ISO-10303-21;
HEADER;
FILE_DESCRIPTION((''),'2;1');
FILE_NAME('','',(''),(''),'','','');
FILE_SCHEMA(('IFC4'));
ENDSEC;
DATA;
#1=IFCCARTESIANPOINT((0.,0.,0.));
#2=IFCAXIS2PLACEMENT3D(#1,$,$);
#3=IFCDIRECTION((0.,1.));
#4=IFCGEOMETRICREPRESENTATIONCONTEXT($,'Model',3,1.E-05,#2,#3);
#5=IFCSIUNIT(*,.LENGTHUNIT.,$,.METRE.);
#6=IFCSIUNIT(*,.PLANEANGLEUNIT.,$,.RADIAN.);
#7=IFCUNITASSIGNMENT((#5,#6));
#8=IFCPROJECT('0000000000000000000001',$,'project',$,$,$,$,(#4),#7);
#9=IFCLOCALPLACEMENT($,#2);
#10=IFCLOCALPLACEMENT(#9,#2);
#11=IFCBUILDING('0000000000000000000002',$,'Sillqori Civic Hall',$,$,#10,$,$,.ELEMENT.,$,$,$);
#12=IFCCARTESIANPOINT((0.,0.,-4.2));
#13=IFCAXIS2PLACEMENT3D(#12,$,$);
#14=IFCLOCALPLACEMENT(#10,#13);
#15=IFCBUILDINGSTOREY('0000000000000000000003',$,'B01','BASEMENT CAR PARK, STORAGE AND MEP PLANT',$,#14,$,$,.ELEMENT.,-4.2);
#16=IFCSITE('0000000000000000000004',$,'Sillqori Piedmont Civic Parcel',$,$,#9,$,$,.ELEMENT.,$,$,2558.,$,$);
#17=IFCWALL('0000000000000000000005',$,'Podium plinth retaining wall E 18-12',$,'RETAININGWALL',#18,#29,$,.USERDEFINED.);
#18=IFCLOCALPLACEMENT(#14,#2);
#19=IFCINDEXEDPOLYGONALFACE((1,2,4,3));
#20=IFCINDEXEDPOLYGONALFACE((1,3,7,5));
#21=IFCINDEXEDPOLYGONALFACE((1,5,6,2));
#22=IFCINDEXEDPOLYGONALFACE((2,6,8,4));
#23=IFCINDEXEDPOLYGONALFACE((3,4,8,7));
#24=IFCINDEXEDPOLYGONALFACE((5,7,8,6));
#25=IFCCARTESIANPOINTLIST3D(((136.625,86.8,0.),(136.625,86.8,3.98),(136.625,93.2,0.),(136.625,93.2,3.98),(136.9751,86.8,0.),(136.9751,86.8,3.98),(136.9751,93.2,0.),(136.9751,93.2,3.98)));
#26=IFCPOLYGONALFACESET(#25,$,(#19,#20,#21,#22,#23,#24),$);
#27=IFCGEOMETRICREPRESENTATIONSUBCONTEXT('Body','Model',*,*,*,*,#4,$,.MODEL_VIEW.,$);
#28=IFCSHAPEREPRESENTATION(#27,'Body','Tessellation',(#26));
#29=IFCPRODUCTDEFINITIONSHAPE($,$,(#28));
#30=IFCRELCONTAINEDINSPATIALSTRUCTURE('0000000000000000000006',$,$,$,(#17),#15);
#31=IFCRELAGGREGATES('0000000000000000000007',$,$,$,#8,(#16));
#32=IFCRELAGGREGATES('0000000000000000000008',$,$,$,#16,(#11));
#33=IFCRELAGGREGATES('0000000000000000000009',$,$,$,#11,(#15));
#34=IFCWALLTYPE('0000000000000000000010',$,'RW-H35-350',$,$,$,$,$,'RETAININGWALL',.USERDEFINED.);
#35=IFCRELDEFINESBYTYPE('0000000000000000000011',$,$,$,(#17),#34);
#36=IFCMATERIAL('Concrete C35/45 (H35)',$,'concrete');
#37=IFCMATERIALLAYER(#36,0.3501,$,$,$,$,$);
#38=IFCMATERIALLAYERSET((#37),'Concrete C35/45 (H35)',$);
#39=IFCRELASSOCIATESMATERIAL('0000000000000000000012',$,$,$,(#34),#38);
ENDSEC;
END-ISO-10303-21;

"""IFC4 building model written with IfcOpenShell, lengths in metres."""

from ifc_helpers import new_model, si_unit, direction, frame, frame_2d, origin, place, context, subcontext, project, spatial, rectangle, extrude, material, layer, layer_set, type_object, element, save


model = new_model("IFC4")

# Units and contexts
model_context = context("Model", 3, precision=1e-05, world=origin(), true_north=direction((0.0, 1.0)))
body_context = subcontext(model_context, "Body", "Model", "MODEL_VIEW")
ifc_project = project(units=[si_unit("LENGTHUNIT", "METRE"), si_unit("PLANEANGLEUNIT", "RADIAN")], contexts=[model_context])

# Site, building, storey
site_placement = place(None, origin())
site = spatial("IfcSite", under=ifc_project, at=site_placement, Name="Sillqori Piedmont Civic Parcel", CompositionType="ELEMENT", RefElevation=2558.0)
building_placement = place(site_placement, origin())
building = spatial("IfcBuilding", under=site, at=building_placement, Name="Sillqori Civic Hall", CompositionType="ELEMENT")
storey_placement = place(building_placement, frame((0.0, 0.0, -4.2)))
storey = spatial("IfcBuildingStorey", under=building, at=storey_placement, Name="B01", Description="BASEMENT CAR PARK, STORAGE AND MEP PLANT", CompositionType="ELEMENT", Elevation=-4.2)

# Shared definitions
ifc_material_1 = material(Name="Concrete C35/45 (H35)", Category="concrete")

# Wall
ifc_layer = layer(ifc_material_1, 0.3501)
ifc_layer_set = layer_set([ifc_layer], Name="Concrete C35/45 (H35)")
wall_type = type_object("IfcWallType", Name="RW-H35-350", ElementType="RETAININGWALL", PredefinedType="USERDEFINED", material=ifc_layer_set)
for number, where, z_axis, x_axis, name in (
    (1, (136.8, 86.8, 0.0), (0.0, 0.0, 1.0), (0.0, 1.0, 0.0), "Podium plinth retaining wall E 18-12"),
):
    element("IfcWall", number, at=place(storey_placement, frame(where, z_axis=z_axis, x_axis=x_axis)), inside=storey, type_object=wall_type, Name=name, ObjectType="RETAININGWALL", PredefinedType="USERDEFINED", context=body_context, shape_type="SweptSolid", body=[
        extrude(rectangle(XDim=6.3999, YDim=0.3501, at=frame_2d((3.2, 0.0))), origin(), (0.0, 0.0, 1.0), 3.98),
    ])

save(model, "model.ifc")
